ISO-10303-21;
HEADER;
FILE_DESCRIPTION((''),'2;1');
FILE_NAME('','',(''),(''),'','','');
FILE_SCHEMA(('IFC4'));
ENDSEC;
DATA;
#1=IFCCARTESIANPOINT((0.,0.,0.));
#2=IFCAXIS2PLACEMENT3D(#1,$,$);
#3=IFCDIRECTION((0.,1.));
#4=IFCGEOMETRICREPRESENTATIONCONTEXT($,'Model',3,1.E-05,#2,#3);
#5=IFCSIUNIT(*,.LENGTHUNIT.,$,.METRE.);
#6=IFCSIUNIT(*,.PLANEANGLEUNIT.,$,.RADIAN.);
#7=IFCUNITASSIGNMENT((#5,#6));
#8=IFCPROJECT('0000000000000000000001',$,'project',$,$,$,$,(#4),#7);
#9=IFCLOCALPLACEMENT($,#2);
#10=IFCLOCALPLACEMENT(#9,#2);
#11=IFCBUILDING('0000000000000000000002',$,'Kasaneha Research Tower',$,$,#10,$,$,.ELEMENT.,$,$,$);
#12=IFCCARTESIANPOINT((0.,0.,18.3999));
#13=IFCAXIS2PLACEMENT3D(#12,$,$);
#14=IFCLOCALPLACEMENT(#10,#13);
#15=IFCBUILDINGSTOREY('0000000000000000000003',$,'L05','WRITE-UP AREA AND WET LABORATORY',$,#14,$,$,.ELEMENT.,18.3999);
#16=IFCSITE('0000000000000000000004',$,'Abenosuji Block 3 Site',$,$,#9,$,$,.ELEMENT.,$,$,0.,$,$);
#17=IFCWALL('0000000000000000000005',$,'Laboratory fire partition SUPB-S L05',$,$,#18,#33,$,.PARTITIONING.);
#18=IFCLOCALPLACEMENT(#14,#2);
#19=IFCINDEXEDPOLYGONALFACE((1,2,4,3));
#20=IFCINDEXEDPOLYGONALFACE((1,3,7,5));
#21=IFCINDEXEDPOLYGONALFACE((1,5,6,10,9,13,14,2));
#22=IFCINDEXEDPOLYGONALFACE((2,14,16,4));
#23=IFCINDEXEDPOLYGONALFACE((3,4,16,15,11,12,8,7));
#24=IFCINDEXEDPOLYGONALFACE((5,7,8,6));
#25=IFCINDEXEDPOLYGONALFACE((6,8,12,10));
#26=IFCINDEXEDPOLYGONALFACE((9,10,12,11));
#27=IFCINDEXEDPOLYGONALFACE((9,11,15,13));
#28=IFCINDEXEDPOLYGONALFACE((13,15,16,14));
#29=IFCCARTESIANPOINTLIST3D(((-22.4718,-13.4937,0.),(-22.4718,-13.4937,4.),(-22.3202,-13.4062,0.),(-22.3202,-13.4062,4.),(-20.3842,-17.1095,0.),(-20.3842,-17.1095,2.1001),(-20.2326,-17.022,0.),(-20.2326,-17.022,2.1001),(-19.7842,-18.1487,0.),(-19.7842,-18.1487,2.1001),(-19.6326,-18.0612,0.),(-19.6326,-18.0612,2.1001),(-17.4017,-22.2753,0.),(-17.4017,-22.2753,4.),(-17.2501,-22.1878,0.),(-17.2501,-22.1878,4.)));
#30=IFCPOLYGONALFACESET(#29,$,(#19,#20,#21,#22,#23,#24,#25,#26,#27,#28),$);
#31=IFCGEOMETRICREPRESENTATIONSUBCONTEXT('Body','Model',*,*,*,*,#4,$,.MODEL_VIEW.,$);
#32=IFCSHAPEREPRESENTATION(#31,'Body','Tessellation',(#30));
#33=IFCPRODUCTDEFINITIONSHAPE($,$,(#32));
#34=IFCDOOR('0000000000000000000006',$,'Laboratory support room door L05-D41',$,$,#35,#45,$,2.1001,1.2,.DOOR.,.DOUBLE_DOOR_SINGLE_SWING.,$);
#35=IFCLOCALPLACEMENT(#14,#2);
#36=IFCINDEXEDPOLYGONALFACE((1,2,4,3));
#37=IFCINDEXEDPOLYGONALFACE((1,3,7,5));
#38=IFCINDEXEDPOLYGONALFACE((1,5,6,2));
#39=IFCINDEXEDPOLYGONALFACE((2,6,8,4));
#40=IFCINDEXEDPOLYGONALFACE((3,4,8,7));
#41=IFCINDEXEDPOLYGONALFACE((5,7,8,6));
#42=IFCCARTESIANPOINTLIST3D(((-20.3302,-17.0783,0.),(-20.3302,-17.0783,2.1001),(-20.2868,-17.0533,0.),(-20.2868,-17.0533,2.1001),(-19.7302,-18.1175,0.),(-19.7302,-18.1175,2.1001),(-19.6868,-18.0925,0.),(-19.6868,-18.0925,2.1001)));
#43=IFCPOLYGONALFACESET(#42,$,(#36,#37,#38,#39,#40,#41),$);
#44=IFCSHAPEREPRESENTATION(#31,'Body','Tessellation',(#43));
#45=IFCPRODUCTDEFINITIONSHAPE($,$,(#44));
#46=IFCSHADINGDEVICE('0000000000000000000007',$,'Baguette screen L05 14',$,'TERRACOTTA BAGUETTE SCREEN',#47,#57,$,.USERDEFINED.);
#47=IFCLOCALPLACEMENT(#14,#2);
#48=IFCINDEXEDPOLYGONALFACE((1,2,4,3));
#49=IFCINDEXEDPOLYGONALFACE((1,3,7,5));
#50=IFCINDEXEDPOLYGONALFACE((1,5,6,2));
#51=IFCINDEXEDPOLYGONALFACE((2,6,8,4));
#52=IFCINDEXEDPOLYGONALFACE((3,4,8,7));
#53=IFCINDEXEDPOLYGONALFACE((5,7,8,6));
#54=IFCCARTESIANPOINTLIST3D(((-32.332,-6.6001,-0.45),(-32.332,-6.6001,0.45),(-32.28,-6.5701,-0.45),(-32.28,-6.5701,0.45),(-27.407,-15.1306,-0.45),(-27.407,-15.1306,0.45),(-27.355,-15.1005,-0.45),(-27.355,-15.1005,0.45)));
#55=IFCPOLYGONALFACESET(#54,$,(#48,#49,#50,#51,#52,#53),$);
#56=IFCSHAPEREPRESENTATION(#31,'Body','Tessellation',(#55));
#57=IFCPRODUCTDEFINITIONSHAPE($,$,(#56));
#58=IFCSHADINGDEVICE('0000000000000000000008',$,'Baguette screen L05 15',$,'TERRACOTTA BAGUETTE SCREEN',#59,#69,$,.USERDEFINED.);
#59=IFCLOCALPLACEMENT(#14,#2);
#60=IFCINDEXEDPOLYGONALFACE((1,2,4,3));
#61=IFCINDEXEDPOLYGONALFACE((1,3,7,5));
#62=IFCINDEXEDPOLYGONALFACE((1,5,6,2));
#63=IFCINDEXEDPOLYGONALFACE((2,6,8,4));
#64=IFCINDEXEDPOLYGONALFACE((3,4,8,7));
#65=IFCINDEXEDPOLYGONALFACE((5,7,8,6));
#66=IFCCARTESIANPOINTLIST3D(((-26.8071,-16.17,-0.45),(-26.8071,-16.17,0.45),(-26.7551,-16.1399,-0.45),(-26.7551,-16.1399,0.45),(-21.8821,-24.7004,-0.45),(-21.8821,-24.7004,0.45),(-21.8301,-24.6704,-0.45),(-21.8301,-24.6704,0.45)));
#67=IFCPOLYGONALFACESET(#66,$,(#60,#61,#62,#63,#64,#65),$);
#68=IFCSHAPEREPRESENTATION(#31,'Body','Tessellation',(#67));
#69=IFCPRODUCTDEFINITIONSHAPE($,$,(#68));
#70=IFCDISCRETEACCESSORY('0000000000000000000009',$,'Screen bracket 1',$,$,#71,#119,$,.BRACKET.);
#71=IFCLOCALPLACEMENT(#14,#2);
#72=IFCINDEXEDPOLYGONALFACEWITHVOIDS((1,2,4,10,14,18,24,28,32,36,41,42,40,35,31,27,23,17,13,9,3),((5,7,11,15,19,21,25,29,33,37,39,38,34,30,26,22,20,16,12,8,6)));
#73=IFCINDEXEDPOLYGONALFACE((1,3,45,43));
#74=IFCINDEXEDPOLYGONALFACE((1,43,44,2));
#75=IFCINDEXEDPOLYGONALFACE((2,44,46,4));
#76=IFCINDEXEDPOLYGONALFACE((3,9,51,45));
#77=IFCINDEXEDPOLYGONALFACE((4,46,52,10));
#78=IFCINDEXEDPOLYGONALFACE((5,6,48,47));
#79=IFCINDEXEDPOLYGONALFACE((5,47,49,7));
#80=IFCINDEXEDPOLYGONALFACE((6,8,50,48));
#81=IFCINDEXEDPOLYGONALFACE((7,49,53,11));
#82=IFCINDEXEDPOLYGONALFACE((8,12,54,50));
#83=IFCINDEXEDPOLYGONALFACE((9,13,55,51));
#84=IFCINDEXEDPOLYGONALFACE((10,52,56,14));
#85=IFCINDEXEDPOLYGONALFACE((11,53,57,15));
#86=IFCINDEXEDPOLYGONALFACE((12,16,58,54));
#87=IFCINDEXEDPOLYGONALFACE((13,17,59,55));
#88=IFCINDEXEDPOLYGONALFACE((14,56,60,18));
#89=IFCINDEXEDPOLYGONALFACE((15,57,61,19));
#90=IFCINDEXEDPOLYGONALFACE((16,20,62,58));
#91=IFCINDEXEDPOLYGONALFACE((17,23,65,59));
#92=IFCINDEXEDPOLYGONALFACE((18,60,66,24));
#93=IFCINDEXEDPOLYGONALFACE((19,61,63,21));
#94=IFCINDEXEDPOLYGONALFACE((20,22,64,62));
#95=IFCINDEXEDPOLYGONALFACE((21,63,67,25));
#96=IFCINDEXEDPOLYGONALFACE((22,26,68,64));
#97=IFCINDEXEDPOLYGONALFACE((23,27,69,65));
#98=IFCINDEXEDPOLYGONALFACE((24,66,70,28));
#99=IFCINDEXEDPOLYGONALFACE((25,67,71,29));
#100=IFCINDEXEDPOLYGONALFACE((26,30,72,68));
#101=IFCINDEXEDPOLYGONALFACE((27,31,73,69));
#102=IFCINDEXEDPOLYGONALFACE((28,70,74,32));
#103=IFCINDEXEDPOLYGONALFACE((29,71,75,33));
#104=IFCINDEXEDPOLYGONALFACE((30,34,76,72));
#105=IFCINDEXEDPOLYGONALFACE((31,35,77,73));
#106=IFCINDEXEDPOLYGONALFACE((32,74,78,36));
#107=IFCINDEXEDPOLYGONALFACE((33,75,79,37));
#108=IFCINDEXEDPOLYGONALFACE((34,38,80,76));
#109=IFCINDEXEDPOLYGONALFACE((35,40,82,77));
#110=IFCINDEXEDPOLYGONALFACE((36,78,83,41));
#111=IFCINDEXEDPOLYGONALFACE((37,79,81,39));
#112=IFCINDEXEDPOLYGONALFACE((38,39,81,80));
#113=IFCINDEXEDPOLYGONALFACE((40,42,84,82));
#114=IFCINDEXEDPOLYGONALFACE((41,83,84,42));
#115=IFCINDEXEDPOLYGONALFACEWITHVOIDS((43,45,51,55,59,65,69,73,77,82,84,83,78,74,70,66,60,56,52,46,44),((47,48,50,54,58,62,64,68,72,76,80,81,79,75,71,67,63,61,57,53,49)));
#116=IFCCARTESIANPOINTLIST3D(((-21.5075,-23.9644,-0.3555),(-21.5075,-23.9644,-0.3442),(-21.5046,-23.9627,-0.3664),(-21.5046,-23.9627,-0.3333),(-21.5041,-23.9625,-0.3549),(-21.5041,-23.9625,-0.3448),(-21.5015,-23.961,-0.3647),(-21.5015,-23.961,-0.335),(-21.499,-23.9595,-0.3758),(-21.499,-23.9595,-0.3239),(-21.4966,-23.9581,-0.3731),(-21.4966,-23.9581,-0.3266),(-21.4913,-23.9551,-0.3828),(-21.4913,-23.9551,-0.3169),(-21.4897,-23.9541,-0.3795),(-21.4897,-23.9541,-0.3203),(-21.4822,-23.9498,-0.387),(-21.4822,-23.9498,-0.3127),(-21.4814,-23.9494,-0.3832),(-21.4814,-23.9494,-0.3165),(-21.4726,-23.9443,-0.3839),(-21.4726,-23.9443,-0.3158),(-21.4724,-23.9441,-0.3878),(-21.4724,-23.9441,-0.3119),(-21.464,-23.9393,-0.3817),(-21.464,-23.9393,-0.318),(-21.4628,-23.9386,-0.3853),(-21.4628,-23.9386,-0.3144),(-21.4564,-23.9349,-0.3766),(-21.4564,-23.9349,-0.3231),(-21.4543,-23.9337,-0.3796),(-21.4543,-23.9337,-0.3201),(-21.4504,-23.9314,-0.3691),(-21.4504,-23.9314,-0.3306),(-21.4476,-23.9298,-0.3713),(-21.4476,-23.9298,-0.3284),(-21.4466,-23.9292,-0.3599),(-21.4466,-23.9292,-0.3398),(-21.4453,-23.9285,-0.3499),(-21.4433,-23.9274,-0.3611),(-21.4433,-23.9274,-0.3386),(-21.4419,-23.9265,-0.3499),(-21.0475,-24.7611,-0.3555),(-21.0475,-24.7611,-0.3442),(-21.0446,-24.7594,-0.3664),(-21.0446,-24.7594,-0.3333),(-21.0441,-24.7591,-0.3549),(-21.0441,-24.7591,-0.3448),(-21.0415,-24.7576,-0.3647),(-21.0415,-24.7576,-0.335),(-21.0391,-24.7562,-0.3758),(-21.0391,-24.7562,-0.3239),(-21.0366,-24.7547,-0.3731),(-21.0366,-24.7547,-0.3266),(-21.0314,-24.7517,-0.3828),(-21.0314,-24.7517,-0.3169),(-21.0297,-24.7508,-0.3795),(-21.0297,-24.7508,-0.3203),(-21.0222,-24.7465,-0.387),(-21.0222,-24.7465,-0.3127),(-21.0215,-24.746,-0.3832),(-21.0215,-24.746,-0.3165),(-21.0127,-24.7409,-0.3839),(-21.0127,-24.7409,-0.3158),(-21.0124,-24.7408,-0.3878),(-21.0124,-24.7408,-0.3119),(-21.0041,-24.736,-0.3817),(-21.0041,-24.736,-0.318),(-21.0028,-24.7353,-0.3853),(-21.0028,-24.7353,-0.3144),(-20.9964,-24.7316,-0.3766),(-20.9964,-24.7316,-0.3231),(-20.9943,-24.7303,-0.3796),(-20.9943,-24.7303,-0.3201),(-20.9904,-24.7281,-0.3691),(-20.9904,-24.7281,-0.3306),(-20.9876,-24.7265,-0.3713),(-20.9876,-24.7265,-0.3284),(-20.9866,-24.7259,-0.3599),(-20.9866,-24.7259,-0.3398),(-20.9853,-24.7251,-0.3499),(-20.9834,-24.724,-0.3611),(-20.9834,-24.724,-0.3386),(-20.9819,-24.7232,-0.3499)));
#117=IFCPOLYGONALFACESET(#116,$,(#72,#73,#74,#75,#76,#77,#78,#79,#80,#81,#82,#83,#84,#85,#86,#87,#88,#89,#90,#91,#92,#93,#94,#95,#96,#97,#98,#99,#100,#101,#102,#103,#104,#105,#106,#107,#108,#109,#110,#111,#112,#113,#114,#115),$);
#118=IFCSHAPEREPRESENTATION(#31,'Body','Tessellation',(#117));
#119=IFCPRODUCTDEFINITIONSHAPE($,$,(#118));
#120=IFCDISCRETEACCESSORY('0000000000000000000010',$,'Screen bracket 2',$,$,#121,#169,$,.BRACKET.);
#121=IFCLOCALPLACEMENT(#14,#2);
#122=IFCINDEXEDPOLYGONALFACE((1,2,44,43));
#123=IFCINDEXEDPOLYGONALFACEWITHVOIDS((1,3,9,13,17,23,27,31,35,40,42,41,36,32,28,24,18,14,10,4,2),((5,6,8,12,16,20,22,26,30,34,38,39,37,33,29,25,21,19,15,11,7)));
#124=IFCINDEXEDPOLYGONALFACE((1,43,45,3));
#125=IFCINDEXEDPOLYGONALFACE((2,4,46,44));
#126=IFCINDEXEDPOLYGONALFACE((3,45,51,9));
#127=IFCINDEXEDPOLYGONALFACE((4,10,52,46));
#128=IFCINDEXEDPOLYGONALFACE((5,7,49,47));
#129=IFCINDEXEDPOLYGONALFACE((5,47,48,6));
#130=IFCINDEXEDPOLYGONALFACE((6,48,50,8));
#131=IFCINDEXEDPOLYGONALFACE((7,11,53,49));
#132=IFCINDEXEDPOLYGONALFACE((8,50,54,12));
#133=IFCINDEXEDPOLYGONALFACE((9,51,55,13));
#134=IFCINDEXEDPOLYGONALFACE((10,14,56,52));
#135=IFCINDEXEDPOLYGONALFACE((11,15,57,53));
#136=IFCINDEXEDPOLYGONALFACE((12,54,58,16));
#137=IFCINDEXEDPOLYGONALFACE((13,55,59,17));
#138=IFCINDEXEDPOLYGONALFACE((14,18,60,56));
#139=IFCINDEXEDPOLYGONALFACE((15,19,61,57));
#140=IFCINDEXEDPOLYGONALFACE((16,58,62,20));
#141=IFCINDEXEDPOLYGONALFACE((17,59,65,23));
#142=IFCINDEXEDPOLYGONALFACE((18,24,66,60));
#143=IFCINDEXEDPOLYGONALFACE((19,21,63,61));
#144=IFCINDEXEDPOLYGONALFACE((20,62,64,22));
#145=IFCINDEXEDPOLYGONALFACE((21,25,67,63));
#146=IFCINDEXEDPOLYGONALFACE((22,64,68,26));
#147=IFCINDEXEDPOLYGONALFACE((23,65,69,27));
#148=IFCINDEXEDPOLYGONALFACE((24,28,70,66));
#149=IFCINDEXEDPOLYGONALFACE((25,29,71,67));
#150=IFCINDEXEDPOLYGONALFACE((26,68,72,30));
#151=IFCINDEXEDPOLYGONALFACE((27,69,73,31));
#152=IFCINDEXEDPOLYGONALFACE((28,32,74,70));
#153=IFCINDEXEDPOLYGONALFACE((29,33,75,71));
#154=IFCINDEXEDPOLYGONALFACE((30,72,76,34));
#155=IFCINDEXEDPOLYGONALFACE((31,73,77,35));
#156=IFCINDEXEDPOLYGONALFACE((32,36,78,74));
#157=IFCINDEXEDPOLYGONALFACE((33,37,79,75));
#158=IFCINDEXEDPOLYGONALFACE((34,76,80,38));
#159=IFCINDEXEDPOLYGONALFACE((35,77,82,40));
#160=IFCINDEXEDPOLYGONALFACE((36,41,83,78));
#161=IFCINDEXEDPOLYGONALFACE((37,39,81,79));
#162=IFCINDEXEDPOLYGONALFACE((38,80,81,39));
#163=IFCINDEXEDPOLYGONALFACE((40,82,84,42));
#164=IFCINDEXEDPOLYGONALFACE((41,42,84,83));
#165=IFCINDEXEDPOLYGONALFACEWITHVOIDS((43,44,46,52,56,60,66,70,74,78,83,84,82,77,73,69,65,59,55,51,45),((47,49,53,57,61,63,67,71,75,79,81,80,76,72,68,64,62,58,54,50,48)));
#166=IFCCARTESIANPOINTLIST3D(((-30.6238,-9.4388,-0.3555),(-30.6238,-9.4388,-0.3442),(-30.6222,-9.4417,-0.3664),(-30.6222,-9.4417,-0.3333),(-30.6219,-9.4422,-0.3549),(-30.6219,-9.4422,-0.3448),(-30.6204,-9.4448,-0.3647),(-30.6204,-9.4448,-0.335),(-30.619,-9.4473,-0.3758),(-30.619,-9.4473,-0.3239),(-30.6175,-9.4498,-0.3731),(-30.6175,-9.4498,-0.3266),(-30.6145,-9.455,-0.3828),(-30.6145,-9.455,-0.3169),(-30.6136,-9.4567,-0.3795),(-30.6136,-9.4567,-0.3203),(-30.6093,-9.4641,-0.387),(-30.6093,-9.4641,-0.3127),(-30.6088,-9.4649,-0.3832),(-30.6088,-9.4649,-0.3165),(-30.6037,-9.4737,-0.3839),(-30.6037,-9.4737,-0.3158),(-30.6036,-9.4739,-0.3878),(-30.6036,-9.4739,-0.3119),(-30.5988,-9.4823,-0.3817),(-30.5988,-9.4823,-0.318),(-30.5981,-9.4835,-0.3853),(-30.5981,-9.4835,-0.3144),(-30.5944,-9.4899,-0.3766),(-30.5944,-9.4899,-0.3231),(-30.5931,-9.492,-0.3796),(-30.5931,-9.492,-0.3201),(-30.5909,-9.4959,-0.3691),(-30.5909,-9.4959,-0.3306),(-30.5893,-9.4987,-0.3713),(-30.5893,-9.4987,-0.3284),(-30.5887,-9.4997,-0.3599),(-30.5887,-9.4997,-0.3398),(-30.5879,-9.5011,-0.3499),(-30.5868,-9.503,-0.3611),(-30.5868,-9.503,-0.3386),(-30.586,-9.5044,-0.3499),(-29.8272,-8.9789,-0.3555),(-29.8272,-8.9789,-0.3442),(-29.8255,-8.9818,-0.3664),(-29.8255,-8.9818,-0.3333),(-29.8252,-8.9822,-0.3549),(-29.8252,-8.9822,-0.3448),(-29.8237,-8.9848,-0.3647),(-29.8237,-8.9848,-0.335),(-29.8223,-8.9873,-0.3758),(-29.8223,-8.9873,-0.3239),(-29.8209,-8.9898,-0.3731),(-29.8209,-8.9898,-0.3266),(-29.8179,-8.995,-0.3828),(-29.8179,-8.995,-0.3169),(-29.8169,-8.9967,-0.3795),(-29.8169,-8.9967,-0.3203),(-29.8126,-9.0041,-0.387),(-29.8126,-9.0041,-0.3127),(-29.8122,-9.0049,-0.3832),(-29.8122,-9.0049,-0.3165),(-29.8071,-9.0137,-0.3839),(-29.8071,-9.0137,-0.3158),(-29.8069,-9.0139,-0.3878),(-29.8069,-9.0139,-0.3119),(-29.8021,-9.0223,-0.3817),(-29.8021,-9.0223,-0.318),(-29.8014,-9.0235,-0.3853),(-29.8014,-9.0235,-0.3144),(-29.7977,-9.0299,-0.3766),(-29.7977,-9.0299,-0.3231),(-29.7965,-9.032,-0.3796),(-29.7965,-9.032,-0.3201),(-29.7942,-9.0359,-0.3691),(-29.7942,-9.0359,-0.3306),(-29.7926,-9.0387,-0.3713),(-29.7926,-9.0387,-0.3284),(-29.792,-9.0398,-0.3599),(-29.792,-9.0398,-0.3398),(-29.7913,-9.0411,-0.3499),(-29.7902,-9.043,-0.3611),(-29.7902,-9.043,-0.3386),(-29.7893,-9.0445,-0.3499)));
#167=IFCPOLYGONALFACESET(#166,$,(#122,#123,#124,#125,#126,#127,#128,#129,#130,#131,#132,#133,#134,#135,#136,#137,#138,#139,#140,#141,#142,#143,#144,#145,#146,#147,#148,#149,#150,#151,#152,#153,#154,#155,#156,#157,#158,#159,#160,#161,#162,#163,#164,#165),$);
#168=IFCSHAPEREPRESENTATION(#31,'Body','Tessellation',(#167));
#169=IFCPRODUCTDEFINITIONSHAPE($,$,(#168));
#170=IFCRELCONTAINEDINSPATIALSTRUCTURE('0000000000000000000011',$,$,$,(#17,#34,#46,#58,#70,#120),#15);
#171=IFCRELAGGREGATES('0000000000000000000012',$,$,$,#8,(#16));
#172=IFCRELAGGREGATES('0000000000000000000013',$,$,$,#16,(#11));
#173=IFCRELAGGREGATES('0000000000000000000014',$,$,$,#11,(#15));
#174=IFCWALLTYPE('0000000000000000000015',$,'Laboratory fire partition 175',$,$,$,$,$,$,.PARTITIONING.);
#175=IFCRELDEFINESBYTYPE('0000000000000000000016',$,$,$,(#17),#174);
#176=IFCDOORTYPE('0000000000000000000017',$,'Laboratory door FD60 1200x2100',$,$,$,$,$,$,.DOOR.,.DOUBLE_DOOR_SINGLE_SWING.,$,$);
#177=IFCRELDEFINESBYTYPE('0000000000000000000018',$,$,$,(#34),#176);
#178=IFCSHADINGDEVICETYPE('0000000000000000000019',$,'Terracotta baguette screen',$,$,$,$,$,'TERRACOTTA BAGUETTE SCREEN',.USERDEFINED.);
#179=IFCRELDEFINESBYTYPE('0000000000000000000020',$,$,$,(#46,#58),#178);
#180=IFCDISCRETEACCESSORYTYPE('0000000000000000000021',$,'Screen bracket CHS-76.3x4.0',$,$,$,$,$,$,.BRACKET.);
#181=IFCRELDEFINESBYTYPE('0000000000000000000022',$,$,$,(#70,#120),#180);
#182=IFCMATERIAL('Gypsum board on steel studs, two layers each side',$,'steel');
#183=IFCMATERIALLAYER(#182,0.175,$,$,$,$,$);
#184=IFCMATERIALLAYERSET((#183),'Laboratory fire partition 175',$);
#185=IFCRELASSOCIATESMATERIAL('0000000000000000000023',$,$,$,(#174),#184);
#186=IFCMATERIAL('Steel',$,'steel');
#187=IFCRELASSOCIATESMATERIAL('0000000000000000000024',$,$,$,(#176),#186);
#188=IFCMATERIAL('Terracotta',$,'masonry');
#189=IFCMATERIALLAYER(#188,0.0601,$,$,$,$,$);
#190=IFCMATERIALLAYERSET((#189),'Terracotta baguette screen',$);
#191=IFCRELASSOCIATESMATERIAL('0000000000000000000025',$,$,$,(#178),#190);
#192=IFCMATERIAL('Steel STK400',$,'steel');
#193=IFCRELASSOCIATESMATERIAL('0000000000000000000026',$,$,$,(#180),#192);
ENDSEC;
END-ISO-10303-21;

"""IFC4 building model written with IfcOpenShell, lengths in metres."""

from ifc_helpers import new_model, si_unit, direction, frame, frame_2d, origin, origin_2d, place, context, subcontext, project, spatial, rectangle, hollow_circle, extrude, material, layer, layer_set, material_profile, profile_set, type_object, element, fill, save


model = new_model("IFC4")

# Units and contexts
model_context = context("Model", 3, precision=1e-05, world=origin(), true_north=direction((0.0, 1.0)))
body_context = subcontext(model_context, "Body", "Model", "MODEL_VIEW")
ifc_project = project(units=[si_unit("LENGTHUNIT", "METRE"), si_unit("PLANEANGLEUNIT", "RADIAN")], contexts=[model_context])

# Site, building, storey
site_placement = place(None, origin())
site = spatial("IfcSite", under=ifc_project, at=site_placement, Name="Abenosuji Block 3 Site", CompositionType="ELEMENT", RefElevation=0.0)
building_placement = place(site_placement, origin())
building = spatial("IfcBuilding", under=site, at=building_placement, Name="Kasaneha Research Tower", CompositionType="ELEMENT")
storey_placement = place(building_placement, frame((0.0, 0.0, 18.3999)))
storey = spatial("IfcBuildingStorey", under=building, at=storey_placement, Name="L05", Description="WRITE-UP AREA AND WET LABORATORY", CompositionType="ELEMENT", Elevation=18.3999)

# Wall, opening, door
ifc_material_1 = material(Name="Gypsum board on steel studs, two layers each side", Category="steel")
ifc_layer_1 = layer(ifc_material_1, 0.175)
ifc_layer_set_1 = layer_set([ifc_layer_1], Name="Laboratory fire partition 175")
wall_type = type_object("IfcWallType", Name="Laboratory fire partition 175", PredefinedType="PARTITIONING", material=ifc_layer_set_1)
ifc_material_2 = material(Name="Steel", Category="steel")
door_type = type_object("IfcDoorType", Name="Laboratory door FD60 1200x2100", OperationType="DOUBLE_DOOR_SINGLE_SWING", PredefinedType="DOOR", material=ifc_material_2)
wall_1_placement = place(storey_placement, frame((-22.396, -13.45, 0.0), z_axis=(0.0, 0.0, 1.0), x_axis=(0.500005, -0.866022, 0.0)))
wall_1 = element("IfcWall", 1, at=wall_1_placement, inside=storey, type_object=wall_type, Name="Laboratory fire partition SUPB-S L05", PredefinedType="PARTITIONING", context=body_context, shape_type="SweptSolid", body=[
    extrude(rectangle(XDim=10.1401, YDim=0.175, at=frame_2d((5.0701, 0.0))), origin(), (0.0, 0.0, 1.0), 4.0),
])
opening_1_placement = place(wall_1_placement, frame((4.175, 0.0, 0.0)))
opening_1 = element("IfcOpeningElement", 2, at=opening_1_placement, cuts=wall_1, PredefinedType="OPENING", context=body_context, shape_type="SweptSolid", body=[
    extrude(rectangle(XDim=1.2, YDim=2.1001, at=frame_2d((0.6001, 1.05))), frame((0.0, 0.0977, 0.0), z_axis=(0.0, -1.0, 0.0), x_axis=(1.0, 0.0, 0.0)), (0.0, 0.0, 1.0), 0.1951),
])
door_1_placement = place(opening_1_placement, origin())
door_1 = element("IfcDoor", 3, at=door_1_placement, inside=storey, type_object=door_type, Name="Laboratory support room door L05-D41", OperationType="DOUBLE_DOOR_SINGLE_SWING", OverallHeight=2.1001, OverallWidth=1.2, PredefinedType="DOOR", context=body_context, shape_type="SweptSolid", body=[
    extrude(rectangle(XDim=1.2, YDim=2.1001, at=frame_2d((0.6001, 1.05))), frame((0.0, 0.0249, 0.0), z_axis=(0.0, -1.0, 0.0), x_axis=(1.0, 0.0, 0.0)), (0.0, 0.0, 1.0), 0.05),
])
fill(opening_1, door_1)

# Shading devices
ifc_material_3 = material(Name="Terracotta", Category="masonry")
ifc_layer_2 = layer(ifc_material_3, 0.0601)
ifc_layer_set_2 = layer_set([ifc_layer_2], Name="Terracotta baguette screen")
shading_device_type = type_object("IfcShadingDeviceType", Name="Terracotta baguette screen", ElementType="TERRACOTTA BAGUETTE SCREEN", PredefinedType="USERDEFINED", material=ifc_layer_set_2)
for number, where, z_axis, x_axis, name in (
    (4, (-29.8435, -10.8503, -0.45), (0.0, 0.0, 1.0), (0.5, -0.866025, 0.0), "Baguette screen L05 14"),
    (5, (-24.3186, -20.4202, -0.45), (0.0, 0.0, 1.0), (0.5, -0.866025, 0.0), "Baguette screen L05 15"),
):
    element("IfcShadingDevice", number, at=place(storey_placement, frame(where, z_axis=z_axis, x_axis=x_axis)), inside=storey, type_object=shading_device_type, Name=name, ObjectType="TERRACOTTA BAGUETTE SCREEN", PredefinedType="USERDEFINED", context=body_context, shape_type="SweptSolid", body=[
        extrude(rectangle(XDim=9.8501, YDim=0.0601, at=origin_2d()), origin(), (0.0, 0.0, 1.0), 0.8999),
    ])

# Discrete accessories
ifc_material_4 = material(Name="Steel STK400", Category="steel")
ifc_material_profile_1 = material_profile(ifc_material_4, hollow_circle(Radius=0.0381, WallThickness=0.0039, at=origin_2d()), Name="CHS-76.3x4.0")
ifc_profile_set_1 = profile_set([ifc_material_profile_1], Name="Steel STK400")
discrete_accessory_type = type_object("IfcDiscreteAccessoryType", Name="Screen bracket CHS-76.3x4.0", PredefinedType="BRACKET", material=ifc_profile_set_1)
for number, where, z_axis, x_axis, name in (
    (6, (-21.4749, -23.9456, -0.3499), (0.500021, -0.866013, 0.0), (0.866013, 0.500021, 0.0), "Screen bracket 1"),
    (7, (-29.8083, -9.0115, -0.3499), (-0.866013, -0.500021, 0.0), (0.500021, -0.866013, 0.0), "Screen bracket 2"),
):
    element("IfcDiscreteAccessory", number, at=place(storey_placement, frame(where, z_axis=z_axis, x_axis=x_axis)), inside=storey, type_object=discrete_accessory_type, Name=name, PredefinedType="BRACKET", context=body_context, shape_type="SweptSolid", body=[
        extrude(hollow_circle(Radius=0.0381, WallThickness=0.0039, at=origin_2d()), origin(), (0.0, 0.0, 1.0), 0.9199),
    ])

save(model, "model.ifc")
